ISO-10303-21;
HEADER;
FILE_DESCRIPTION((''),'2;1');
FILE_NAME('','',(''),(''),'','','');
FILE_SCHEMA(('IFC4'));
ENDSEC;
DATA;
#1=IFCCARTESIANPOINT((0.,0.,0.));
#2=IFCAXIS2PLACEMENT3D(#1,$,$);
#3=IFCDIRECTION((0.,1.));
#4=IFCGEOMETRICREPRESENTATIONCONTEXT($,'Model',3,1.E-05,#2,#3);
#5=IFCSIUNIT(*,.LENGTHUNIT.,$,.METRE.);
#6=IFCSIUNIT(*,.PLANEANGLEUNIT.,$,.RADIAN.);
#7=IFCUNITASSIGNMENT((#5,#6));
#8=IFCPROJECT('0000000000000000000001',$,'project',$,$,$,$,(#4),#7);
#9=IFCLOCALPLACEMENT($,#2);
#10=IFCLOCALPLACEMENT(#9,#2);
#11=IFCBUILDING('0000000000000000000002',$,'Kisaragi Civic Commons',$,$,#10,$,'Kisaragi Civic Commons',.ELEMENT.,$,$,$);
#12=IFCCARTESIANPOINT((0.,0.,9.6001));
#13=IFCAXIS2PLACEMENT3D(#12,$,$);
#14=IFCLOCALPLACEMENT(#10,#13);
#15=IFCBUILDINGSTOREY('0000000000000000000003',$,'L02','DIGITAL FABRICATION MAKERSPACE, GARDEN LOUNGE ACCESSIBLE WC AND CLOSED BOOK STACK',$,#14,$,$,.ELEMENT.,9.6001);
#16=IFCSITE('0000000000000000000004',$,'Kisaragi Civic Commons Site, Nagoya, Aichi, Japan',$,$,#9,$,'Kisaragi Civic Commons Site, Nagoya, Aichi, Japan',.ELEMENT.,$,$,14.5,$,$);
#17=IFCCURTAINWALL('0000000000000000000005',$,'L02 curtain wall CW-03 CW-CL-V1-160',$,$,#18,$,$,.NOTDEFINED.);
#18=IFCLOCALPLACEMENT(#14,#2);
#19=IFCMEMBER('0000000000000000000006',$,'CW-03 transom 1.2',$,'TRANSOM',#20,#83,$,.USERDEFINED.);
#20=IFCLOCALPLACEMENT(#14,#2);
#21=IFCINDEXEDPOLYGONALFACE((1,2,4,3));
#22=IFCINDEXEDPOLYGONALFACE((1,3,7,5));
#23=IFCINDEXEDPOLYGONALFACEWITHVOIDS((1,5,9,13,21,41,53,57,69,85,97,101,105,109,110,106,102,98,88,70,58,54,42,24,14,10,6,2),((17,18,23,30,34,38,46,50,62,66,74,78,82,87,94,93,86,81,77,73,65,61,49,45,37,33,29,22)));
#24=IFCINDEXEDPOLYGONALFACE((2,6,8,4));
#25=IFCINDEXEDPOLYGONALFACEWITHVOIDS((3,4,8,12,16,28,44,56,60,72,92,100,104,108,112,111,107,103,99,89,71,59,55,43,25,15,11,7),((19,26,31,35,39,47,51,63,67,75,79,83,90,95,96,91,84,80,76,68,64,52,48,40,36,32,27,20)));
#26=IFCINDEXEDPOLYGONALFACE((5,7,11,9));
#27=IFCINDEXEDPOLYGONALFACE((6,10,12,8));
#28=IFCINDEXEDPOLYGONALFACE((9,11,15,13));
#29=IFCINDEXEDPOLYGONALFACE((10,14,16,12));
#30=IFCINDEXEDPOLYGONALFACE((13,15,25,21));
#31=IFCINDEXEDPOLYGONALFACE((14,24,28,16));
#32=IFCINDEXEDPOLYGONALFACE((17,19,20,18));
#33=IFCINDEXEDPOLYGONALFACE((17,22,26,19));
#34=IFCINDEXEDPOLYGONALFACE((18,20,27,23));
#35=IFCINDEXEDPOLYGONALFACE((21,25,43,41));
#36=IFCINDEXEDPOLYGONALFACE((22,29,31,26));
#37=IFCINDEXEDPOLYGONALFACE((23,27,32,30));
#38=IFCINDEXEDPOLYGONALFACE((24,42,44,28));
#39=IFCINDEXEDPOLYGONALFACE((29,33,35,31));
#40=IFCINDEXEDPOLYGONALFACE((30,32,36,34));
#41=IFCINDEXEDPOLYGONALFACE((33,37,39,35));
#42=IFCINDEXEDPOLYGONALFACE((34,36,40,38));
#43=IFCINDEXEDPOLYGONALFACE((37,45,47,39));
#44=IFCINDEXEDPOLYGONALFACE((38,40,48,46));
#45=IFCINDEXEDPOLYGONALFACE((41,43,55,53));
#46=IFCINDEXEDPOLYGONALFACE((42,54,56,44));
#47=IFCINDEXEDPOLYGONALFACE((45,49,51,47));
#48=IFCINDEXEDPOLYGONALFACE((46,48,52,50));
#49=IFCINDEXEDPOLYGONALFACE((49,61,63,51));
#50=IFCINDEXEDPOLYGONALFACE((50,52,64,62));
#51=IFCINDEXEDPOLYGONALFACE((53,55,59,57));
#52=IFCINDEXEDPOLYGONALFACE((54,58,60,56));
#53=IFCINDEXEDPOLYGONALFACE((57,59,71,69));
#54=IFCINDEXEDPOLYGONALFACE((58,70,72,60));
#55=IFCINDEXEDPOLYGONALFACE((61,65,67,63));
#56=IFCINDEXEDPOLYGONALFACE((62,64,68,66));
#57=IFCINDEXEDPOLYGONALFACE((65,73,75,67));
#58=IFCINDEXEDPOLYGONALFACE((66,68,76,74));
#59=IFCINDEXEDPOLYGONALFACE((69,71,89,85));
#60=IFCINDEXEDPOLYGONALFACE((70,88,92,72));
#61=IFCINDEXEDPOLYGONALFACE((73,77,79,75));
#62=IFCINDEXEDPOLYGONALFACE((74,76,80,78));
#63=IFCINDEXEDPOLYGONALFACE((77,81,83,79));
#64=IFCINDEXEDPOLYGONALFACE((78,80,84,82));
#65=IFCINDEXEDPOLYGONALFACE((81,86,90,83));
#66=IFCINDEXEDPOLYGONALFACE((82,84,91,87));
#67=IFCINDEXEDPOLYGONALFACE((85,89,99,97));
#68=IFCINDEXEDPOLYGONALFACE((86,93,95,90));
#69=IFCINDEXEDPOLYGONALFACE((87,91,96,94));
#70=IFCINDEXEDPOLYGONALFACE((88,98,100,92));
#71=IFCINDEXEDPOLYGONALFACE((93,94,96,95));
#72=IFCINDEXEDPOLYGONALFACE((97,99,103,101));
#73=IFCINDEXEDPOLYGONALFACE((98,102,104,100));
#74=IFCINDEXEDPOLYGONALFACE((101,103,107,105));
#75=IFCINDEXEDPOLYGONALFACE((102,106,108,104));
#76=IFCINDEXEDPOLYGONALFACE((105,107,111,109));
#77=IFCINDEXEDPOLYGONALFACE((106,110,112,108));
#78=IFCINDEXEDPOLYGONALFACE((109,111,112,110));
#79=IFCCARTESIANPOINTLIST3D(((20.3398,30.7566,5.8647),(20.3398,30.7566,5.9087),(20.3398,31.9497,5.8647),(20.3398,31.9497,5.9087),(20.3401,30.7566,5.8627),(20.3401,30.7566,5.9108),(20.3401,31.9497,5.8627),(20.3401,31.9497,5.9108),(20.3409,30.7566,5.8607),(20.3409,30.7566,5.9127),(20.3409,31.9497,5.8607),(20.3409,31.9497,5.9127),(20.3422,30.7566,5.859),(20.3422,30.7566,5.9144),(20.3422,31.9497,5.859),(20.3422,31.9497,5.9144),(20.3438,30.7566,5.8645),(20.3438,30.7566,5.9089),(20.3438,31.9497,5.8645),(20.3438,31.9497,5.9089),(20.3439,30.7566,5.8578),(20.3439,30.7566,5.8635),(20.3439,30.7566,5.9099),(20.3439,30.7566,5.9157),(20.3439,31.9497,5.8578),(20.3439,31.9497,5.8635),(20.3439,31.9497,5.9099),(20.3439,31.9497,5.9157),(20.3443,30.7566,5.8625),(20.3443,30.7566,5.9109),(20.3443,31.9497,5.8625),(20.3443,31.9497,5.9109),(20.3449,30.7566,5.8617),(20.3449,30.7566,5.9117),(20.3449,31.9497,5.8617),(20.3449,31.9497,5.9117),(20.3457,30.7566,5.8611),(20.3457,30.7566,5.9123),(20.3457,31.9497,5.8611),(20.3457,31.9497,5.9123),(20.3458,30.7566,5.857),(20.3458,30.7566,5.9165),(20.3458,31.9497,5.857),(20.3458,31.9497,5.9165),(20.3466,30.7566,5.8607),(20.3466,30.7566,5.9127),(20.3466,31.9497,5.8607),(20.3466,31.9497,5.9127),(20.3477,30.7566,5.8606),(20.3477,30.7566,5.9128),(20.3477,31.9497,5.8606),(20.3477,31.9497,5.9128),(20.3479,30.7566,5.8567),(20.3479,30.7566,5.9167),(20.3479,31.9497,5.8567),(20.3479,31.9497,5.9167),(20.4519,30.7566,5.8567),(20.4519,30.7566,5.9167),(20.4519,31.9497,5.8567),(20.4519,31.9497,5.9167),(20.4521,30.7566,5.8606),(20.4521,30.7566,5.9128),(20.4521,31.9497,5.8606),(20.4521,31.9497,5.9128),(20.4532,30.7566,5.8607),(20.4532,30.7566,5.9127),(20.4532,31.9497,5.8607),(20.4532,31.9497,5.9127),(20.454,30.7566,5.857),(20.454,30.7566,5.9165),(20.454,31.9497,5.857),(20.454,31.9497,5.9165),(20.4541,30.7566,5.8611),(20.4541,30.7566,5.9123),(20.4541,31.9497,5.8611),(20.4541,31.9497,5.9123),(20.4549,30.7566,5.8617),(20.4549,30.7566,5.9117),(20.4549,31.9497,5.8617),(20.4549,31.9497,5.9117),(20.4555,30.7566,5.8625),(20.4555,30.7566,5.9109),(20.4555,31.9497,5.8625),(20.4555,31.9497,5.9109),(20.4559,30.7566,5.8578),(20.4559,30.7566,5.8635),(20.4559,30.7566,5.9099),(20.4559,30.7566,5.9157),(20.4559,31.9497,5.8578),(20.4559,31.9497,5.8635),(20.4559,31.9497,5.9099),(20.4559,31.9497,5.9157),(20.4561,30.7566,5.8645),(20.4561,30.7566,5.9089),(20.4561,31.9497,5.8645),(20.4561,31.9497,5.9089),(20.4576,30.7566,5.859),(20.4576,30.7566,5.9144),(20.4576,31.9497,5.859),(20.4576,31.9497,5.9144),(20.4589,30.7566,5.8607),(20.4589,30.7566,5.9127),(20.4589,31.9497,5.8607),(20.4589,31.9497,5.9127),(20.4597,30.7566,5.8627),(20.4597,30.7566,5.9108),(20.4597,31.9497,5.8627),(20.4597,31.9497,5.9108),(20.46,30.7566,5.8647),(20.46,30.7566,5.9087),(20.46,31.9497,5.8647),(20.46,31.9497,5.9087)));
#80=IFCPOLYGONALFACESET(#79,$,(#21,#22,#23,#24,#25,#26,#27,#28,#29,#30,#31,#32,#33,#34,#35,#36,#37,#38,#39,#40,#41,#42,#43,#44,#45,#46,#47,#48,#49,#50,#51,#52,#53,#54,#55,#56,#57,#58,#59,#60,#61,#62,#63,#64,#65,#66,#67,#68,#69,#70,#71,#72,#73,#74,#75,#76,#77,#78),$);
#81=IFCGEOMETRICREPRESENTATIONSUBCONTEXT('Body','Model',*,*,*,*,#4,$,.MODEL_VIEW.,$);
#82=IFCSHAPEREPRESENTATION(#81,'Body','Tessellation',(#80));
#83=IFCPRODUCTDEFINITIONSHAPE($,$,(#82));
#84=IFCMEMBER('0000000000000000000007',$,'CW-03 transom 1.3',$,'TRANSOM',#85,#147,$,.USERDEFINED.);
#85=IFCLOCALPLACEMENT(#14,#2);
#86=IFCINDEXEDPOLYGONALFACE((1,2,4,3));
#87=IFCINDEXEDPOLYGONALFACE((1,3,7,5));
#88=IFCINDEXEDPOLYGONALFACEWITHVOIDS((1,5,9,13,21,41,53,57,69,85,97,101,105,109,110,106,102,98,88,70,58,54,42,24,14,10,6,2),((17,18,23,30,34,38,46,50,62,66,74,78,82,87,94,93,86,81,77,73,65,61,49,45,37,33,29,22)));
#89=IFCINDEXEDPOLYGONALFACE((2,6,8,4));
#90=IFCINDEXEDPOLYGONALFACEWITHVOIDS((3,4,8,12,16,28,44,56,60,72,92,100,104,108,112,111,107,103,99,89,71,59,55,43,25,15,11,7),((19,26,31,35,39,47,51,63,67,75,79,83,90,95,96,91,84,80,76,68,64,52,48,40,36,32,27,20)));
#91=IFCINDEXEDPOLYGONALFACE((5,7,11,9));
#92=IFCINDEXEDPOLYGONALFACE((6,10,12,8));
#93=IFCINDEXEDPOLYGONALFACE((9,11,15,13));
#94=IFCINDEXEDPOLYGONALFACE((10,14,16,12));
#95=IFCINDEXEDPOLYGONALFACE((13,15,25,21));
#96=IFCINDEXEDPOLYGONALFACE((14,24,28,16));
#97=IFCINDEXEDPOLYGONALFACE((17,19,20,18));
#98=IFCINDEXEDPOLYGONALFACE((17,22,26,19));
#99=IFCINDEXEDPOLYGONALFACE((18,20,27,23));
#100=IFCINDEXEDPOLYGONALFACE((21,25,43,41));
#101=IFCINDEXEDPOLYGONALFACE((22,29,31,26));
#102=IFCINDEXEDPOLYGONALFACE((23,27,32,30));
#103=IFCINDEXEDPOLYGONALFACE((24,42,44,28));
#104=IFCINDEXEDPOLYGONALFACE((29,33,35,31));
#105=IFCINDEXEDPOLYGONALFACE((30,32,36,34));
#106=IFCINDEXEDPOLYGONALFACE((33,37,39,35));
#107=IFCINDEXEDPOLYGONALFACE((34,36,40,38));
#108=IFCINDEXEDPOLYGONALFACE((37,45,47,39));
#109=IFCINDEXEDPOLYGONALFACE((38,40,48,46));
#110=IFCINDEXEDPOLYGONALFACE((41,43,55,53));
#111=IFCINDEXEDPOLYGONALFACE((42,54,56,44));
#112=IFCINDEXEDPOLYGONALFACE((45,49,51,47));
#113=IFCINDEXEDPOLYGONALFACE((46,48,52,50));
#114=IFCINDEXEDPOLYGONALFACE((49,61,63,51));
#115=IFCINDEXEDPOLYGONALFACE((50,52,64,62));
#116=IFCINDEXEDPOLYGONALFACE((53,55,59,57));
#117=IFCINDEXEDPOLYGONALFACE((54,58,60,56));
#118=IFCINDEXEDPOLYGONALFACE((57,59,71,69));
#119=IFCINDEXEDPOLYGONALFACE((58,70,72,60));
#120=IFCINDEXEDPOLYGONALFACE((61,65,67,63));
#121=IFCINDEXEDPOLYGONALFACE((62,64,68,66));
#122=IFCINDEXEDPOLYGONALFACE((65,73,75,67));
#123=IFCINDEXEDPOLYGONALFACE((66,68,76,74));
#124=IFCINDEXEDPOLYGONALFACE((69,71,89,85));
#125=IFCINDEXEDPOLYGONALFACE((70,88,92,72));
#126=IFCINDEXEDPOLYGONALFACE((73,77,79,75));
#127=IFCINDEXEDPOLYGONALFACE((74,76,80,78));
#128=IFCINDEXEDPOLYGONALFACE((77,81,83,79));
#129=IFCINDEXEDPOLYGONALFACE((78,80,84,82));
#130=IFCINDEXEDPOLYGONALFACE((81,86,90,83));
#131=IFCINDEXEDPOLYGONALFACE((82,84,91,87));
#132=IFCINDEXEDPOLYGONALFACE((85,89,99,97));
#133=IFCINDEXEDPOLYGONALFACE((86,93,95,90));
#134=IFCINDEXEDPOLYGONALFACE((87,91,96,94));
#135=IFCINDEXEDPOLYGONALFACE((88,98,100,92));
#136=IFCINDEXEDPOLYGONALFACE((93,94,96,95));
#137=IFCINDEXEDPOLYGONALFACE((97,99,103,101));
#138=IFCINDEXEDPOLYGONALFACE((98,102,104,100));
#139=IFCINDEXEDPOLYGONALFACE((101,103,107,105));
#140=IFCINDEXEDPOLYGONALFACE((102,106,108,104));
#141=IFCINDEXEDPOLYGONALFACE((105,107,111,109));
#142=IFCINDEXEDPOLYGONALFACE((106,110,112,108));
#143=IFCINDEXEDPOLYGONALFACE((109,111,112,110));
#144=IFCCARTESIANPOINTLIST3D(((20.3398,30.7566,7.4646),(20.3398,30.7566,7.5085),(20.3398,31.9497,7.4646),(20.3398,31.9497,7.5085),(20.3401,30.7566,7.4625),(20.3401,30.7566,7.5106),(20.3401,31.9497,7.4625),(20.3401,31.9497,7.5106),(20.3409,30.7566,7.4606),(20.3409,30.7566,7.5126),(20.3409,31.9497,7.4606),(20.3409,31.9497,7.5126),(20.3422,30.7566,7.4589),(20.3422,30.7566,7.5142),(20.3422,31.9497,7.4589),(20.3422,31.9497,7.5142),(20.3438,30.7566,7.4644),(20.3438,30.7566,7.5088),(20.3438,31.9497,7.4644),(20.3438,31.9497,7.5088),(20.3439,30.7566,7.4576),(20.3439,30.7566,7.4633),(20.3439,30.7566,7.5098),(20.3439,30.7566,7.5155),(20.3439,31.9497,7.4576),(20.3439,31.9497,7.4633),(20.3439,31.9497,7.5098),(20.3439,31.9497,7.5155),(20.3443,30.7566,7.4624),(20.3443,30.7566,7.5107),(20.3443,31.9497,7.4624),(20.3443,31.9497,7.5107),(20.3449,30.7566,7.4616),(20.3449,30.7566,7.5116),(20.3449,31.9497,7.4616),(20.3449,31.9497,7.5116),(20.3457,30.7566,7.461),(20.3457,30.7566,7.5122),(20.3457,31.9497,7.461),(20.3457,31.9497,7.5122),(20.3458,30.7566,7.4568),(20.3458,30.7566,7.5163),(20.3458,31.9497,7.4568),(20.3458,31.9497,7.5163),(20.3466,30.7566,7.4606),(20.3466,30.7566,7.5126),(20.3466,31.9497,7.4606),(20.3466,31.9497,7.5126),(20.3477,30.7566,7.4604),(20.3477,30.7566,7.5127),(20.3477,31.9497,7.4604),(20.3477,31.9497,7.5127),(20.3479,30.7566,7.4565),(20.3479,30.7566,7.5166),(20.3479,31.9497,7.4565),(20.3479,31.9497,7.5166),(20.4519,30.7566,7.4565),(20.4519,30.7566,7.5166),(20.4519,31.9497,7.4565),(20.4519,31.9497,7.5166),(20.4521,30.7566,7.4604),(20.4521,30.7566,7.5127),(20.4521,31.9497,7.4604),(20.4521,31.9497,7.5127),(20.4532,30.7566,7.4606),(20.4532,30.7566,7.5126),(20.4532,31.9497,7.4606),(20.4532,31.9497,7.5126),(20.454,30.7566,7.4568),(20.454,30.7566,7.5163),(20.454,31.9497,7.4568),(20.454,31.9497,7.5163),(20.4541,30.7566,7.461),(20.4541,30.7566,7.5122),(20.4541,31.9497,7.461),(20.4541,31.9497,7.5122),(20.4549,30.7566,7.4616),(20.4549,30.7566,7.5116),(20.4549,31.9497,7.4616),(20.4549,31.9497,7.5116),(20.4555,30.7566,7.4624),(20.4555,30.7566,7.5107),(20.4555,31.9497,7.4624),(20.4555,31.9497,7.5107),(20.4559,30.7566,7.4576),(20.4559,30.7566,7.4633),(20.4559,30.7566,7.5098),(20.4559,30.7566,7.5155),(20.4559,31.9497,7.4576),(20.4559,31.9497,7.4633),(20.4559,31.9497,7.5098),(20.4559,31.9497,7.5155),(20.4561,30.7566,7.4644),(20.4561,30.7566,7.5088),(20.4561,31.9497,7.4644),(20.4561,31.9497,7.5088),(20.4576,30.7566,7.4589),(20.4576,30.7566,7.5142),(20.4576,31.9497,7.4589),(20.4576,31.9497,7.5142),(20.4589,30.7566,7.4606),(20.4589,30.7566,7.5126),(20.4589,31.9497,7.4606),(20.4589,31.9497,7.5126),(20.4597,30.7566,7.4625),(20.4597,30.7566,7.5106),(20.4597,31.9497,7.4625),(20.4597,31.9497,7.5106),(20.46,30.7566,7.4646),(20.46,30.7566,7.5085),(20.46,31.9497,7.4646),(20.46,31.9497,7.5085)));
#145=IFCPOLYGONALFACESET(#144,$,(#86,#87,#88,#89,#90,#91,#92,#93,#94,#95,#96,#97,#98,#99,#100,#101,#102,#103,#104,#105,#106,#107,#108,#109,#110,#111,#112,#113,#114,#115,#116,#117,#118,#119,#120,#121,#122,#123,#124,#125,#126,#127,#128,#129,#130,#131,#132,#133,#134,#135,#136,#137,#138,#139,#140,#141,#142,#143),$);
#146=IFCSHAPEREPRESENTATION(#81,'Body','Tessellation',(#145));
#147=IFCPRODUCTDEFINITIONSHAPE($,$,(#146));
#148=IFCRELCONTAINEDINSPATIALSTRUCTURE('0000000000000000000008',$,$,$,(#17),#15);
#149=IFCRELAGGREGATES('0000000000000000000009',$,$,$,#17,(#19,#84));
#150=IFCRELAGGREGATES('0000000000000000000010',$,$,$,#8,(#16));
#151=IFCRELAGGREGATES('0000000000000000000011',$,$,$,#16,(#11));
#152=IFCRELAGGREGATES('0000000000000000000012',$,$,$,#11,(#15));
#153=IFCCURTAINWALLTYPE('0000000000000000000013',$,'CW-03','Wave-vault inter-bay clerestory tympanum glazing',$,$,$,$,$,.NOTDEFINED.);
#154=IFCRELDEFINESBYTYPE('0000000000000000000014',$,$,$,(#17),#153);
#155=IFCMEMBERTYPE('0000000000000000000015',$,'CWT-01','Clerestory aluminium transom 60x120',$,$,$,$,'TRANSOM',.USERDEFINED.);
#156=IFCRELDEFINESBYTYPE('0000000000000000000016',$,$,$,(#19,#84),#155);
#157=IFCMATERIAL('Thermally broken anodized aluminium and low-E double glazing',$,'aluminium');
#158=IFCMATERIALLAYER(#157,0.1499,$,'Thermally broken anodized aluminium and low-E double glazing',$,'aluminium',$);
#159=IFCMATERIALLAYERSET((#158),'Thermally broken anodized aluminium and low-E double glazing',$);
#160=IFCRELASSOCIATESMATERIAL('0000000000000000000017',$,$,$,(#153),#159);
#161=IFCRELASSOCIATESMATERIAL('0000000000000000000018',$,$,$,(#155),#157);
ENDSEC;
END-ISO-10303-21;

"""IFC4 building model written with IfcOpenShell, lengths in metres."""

from ifc_helpers import new_model, si_unit, direction, frame, origin, origin_2d, place, context, subcontext, project, spatial, hollow_rectangle, extrude, material, layer, layer_set, material_profile, profile_set, type_object, element, aggregate, save


model = new_model("IFC4")

# Units and contexts
model_context = context("Model", 3, precision=1e-05, world=origin(), true_north=direction((0.0, 1.0)))
body_context = subcontext(model_context, "Body", "Model", "MODEL_VIEW")
ifc_project = project(units=[si_unit("LENGTHUNIT", "METRE"), si_unit("PLANEANGLEUNIT", "RADIAN")], contexts=[model_context])

# Site, building, storey
site_placement = place(None, origin())
site = spatial("IfcSite", under=ifc_project, at=site_placement, Name="Kisaragi Civic Commons Site, Nagoya, Aichi, Japan", LongName="Kisaragi Civic Commons Site, Nagoya, Aichi, Japan", CompositionType="ELEMENT", RefElevation=14.5)
building_placement = place(site_placement, origin())
building = spatial("IfcBuilding", under=site, at=building_placement, Name="Kisaragi Civic Commons", LongName="Kisaragi Civic Commons", CompositionType="ELEMENT")
storey_placement = place(building_placement, frame((0.0, 0.0, 9.6001)))
storey = spatial("IfcBuildingStorey", under=building, at=storey_placement, Name="L02", Description="DIGITAL FABRICATION MAKERSPACE, GARDEN LOUNGE ACCESSIBLE WC AND CLOSED BOOK STACK", CompositionType="ELEMENT", Elevation=9.6001)

# Shared definitions
ifc_material_1 = material(Name="Thermally broken anodized aluminium and low-E double glazing", Category="aluminium")
ifc_layer_1 = layer(ifc_material_1, 0.1499, Name="Thermally broken anodized aluminium and low-E double glazing", Category="aluminium")
ifc_layer_set_1 = layer_set([ifc_layer_1], Name="Thermally broken anodized aluminium and low-E double glazing")
curtain_wall_type = type_object("IfcCurtainWallType", Name="CW-03", Description="Wave-vault inter-bay clerestory tympanum glazing", PredefinedType="NOTDEFINED", material=ifc_layer_set_1)

# Curtain wall
curtain_wall_1_placement = place(storey_placement, origin())
curtain_wall_1 = element("IfcCurtainWall", 1, at=curtain_wall_1_placement, inside=storey, type_object=curtain_wall_type, Name="L02 curtain wall CW-03 CW-CL-V1-160", PredefinedType="NOTDEFINED")

# Members
ifc_material_profile_1 = material_profile(ifc_material_1, hollow_rectangle(XDim=0.1201, YDim=0.0601, WallThickness=0.0039, InnerFilletRadius=0.0039, OuterFilletRadius=0.0081, at=origin_2d()), Name="CWT-60x120x4", Category="aluminium")
ifc_profile_set_1 = profile_set([ifc_material_profile_1], Name="Thermally broken anodized aluminium and low-E double glazing")
member_type_1 = type_object("IfcMemberType", Name="CWT-01", Description="Clerestory aluminium transom 60x120", ElementType="TRANSOM", PredefinedType="USERDEFINED", material=ifc_profile_set_1)
member_1_placement = place(storey_placement, frame((20.3999, 30.7566, 5.8867), z_axis=(0.0, 1.0, 0.0), x_axis=(-1.0, 0.0, 0.0)))
member_1 = element("IfcMember", 2, at=member_1_placement, type_object=member_type_1, Name="CW-03 transom 1.2", ObjectType="TRANSOM", PredefinedType="USERDEFINED", context=body_context, shape_type="SweptSolid", body=[
    extrude(hollow_rectangle(XDim=0.1201, YDim=0.0601, WallThickness=0.0039, InnerFilletRadius=0.0039, OuterFilletRadius=0.0081, at=origin_2d()), origin(), (0.0, 0.0, 1.0), 1.1931),
])
member_2_placement = place(storey_placement, frame((20.3999, 30.7566, 7.4866), z_axis=(0.0, 1.0, 0.0), x_axis=(-1.0, 0.0, 0.0)))
member_2 = element("IfcMember", 3, at=member_2_placement, type_object=member_type_1, Name="CW-03 transom 1.3", ObjectType="TRANSOM", PredefinedType="USERDEFINED", context=body_context, shape_type="SweptSolid", body=[
    extrude(hollow_rectangle(XDim=0.1201, YDim=0.0601, WallThickness=0.0039, InnerFilletRadius=0.0039, OuterFilletRadius=0.0081, at=origin_2d()), origin(), (0.0, 0.0, 1.0), 1.1931),
])

aggregate(curtain_wall_1, [member_1, member_2])

save(model, "model.ifc")
